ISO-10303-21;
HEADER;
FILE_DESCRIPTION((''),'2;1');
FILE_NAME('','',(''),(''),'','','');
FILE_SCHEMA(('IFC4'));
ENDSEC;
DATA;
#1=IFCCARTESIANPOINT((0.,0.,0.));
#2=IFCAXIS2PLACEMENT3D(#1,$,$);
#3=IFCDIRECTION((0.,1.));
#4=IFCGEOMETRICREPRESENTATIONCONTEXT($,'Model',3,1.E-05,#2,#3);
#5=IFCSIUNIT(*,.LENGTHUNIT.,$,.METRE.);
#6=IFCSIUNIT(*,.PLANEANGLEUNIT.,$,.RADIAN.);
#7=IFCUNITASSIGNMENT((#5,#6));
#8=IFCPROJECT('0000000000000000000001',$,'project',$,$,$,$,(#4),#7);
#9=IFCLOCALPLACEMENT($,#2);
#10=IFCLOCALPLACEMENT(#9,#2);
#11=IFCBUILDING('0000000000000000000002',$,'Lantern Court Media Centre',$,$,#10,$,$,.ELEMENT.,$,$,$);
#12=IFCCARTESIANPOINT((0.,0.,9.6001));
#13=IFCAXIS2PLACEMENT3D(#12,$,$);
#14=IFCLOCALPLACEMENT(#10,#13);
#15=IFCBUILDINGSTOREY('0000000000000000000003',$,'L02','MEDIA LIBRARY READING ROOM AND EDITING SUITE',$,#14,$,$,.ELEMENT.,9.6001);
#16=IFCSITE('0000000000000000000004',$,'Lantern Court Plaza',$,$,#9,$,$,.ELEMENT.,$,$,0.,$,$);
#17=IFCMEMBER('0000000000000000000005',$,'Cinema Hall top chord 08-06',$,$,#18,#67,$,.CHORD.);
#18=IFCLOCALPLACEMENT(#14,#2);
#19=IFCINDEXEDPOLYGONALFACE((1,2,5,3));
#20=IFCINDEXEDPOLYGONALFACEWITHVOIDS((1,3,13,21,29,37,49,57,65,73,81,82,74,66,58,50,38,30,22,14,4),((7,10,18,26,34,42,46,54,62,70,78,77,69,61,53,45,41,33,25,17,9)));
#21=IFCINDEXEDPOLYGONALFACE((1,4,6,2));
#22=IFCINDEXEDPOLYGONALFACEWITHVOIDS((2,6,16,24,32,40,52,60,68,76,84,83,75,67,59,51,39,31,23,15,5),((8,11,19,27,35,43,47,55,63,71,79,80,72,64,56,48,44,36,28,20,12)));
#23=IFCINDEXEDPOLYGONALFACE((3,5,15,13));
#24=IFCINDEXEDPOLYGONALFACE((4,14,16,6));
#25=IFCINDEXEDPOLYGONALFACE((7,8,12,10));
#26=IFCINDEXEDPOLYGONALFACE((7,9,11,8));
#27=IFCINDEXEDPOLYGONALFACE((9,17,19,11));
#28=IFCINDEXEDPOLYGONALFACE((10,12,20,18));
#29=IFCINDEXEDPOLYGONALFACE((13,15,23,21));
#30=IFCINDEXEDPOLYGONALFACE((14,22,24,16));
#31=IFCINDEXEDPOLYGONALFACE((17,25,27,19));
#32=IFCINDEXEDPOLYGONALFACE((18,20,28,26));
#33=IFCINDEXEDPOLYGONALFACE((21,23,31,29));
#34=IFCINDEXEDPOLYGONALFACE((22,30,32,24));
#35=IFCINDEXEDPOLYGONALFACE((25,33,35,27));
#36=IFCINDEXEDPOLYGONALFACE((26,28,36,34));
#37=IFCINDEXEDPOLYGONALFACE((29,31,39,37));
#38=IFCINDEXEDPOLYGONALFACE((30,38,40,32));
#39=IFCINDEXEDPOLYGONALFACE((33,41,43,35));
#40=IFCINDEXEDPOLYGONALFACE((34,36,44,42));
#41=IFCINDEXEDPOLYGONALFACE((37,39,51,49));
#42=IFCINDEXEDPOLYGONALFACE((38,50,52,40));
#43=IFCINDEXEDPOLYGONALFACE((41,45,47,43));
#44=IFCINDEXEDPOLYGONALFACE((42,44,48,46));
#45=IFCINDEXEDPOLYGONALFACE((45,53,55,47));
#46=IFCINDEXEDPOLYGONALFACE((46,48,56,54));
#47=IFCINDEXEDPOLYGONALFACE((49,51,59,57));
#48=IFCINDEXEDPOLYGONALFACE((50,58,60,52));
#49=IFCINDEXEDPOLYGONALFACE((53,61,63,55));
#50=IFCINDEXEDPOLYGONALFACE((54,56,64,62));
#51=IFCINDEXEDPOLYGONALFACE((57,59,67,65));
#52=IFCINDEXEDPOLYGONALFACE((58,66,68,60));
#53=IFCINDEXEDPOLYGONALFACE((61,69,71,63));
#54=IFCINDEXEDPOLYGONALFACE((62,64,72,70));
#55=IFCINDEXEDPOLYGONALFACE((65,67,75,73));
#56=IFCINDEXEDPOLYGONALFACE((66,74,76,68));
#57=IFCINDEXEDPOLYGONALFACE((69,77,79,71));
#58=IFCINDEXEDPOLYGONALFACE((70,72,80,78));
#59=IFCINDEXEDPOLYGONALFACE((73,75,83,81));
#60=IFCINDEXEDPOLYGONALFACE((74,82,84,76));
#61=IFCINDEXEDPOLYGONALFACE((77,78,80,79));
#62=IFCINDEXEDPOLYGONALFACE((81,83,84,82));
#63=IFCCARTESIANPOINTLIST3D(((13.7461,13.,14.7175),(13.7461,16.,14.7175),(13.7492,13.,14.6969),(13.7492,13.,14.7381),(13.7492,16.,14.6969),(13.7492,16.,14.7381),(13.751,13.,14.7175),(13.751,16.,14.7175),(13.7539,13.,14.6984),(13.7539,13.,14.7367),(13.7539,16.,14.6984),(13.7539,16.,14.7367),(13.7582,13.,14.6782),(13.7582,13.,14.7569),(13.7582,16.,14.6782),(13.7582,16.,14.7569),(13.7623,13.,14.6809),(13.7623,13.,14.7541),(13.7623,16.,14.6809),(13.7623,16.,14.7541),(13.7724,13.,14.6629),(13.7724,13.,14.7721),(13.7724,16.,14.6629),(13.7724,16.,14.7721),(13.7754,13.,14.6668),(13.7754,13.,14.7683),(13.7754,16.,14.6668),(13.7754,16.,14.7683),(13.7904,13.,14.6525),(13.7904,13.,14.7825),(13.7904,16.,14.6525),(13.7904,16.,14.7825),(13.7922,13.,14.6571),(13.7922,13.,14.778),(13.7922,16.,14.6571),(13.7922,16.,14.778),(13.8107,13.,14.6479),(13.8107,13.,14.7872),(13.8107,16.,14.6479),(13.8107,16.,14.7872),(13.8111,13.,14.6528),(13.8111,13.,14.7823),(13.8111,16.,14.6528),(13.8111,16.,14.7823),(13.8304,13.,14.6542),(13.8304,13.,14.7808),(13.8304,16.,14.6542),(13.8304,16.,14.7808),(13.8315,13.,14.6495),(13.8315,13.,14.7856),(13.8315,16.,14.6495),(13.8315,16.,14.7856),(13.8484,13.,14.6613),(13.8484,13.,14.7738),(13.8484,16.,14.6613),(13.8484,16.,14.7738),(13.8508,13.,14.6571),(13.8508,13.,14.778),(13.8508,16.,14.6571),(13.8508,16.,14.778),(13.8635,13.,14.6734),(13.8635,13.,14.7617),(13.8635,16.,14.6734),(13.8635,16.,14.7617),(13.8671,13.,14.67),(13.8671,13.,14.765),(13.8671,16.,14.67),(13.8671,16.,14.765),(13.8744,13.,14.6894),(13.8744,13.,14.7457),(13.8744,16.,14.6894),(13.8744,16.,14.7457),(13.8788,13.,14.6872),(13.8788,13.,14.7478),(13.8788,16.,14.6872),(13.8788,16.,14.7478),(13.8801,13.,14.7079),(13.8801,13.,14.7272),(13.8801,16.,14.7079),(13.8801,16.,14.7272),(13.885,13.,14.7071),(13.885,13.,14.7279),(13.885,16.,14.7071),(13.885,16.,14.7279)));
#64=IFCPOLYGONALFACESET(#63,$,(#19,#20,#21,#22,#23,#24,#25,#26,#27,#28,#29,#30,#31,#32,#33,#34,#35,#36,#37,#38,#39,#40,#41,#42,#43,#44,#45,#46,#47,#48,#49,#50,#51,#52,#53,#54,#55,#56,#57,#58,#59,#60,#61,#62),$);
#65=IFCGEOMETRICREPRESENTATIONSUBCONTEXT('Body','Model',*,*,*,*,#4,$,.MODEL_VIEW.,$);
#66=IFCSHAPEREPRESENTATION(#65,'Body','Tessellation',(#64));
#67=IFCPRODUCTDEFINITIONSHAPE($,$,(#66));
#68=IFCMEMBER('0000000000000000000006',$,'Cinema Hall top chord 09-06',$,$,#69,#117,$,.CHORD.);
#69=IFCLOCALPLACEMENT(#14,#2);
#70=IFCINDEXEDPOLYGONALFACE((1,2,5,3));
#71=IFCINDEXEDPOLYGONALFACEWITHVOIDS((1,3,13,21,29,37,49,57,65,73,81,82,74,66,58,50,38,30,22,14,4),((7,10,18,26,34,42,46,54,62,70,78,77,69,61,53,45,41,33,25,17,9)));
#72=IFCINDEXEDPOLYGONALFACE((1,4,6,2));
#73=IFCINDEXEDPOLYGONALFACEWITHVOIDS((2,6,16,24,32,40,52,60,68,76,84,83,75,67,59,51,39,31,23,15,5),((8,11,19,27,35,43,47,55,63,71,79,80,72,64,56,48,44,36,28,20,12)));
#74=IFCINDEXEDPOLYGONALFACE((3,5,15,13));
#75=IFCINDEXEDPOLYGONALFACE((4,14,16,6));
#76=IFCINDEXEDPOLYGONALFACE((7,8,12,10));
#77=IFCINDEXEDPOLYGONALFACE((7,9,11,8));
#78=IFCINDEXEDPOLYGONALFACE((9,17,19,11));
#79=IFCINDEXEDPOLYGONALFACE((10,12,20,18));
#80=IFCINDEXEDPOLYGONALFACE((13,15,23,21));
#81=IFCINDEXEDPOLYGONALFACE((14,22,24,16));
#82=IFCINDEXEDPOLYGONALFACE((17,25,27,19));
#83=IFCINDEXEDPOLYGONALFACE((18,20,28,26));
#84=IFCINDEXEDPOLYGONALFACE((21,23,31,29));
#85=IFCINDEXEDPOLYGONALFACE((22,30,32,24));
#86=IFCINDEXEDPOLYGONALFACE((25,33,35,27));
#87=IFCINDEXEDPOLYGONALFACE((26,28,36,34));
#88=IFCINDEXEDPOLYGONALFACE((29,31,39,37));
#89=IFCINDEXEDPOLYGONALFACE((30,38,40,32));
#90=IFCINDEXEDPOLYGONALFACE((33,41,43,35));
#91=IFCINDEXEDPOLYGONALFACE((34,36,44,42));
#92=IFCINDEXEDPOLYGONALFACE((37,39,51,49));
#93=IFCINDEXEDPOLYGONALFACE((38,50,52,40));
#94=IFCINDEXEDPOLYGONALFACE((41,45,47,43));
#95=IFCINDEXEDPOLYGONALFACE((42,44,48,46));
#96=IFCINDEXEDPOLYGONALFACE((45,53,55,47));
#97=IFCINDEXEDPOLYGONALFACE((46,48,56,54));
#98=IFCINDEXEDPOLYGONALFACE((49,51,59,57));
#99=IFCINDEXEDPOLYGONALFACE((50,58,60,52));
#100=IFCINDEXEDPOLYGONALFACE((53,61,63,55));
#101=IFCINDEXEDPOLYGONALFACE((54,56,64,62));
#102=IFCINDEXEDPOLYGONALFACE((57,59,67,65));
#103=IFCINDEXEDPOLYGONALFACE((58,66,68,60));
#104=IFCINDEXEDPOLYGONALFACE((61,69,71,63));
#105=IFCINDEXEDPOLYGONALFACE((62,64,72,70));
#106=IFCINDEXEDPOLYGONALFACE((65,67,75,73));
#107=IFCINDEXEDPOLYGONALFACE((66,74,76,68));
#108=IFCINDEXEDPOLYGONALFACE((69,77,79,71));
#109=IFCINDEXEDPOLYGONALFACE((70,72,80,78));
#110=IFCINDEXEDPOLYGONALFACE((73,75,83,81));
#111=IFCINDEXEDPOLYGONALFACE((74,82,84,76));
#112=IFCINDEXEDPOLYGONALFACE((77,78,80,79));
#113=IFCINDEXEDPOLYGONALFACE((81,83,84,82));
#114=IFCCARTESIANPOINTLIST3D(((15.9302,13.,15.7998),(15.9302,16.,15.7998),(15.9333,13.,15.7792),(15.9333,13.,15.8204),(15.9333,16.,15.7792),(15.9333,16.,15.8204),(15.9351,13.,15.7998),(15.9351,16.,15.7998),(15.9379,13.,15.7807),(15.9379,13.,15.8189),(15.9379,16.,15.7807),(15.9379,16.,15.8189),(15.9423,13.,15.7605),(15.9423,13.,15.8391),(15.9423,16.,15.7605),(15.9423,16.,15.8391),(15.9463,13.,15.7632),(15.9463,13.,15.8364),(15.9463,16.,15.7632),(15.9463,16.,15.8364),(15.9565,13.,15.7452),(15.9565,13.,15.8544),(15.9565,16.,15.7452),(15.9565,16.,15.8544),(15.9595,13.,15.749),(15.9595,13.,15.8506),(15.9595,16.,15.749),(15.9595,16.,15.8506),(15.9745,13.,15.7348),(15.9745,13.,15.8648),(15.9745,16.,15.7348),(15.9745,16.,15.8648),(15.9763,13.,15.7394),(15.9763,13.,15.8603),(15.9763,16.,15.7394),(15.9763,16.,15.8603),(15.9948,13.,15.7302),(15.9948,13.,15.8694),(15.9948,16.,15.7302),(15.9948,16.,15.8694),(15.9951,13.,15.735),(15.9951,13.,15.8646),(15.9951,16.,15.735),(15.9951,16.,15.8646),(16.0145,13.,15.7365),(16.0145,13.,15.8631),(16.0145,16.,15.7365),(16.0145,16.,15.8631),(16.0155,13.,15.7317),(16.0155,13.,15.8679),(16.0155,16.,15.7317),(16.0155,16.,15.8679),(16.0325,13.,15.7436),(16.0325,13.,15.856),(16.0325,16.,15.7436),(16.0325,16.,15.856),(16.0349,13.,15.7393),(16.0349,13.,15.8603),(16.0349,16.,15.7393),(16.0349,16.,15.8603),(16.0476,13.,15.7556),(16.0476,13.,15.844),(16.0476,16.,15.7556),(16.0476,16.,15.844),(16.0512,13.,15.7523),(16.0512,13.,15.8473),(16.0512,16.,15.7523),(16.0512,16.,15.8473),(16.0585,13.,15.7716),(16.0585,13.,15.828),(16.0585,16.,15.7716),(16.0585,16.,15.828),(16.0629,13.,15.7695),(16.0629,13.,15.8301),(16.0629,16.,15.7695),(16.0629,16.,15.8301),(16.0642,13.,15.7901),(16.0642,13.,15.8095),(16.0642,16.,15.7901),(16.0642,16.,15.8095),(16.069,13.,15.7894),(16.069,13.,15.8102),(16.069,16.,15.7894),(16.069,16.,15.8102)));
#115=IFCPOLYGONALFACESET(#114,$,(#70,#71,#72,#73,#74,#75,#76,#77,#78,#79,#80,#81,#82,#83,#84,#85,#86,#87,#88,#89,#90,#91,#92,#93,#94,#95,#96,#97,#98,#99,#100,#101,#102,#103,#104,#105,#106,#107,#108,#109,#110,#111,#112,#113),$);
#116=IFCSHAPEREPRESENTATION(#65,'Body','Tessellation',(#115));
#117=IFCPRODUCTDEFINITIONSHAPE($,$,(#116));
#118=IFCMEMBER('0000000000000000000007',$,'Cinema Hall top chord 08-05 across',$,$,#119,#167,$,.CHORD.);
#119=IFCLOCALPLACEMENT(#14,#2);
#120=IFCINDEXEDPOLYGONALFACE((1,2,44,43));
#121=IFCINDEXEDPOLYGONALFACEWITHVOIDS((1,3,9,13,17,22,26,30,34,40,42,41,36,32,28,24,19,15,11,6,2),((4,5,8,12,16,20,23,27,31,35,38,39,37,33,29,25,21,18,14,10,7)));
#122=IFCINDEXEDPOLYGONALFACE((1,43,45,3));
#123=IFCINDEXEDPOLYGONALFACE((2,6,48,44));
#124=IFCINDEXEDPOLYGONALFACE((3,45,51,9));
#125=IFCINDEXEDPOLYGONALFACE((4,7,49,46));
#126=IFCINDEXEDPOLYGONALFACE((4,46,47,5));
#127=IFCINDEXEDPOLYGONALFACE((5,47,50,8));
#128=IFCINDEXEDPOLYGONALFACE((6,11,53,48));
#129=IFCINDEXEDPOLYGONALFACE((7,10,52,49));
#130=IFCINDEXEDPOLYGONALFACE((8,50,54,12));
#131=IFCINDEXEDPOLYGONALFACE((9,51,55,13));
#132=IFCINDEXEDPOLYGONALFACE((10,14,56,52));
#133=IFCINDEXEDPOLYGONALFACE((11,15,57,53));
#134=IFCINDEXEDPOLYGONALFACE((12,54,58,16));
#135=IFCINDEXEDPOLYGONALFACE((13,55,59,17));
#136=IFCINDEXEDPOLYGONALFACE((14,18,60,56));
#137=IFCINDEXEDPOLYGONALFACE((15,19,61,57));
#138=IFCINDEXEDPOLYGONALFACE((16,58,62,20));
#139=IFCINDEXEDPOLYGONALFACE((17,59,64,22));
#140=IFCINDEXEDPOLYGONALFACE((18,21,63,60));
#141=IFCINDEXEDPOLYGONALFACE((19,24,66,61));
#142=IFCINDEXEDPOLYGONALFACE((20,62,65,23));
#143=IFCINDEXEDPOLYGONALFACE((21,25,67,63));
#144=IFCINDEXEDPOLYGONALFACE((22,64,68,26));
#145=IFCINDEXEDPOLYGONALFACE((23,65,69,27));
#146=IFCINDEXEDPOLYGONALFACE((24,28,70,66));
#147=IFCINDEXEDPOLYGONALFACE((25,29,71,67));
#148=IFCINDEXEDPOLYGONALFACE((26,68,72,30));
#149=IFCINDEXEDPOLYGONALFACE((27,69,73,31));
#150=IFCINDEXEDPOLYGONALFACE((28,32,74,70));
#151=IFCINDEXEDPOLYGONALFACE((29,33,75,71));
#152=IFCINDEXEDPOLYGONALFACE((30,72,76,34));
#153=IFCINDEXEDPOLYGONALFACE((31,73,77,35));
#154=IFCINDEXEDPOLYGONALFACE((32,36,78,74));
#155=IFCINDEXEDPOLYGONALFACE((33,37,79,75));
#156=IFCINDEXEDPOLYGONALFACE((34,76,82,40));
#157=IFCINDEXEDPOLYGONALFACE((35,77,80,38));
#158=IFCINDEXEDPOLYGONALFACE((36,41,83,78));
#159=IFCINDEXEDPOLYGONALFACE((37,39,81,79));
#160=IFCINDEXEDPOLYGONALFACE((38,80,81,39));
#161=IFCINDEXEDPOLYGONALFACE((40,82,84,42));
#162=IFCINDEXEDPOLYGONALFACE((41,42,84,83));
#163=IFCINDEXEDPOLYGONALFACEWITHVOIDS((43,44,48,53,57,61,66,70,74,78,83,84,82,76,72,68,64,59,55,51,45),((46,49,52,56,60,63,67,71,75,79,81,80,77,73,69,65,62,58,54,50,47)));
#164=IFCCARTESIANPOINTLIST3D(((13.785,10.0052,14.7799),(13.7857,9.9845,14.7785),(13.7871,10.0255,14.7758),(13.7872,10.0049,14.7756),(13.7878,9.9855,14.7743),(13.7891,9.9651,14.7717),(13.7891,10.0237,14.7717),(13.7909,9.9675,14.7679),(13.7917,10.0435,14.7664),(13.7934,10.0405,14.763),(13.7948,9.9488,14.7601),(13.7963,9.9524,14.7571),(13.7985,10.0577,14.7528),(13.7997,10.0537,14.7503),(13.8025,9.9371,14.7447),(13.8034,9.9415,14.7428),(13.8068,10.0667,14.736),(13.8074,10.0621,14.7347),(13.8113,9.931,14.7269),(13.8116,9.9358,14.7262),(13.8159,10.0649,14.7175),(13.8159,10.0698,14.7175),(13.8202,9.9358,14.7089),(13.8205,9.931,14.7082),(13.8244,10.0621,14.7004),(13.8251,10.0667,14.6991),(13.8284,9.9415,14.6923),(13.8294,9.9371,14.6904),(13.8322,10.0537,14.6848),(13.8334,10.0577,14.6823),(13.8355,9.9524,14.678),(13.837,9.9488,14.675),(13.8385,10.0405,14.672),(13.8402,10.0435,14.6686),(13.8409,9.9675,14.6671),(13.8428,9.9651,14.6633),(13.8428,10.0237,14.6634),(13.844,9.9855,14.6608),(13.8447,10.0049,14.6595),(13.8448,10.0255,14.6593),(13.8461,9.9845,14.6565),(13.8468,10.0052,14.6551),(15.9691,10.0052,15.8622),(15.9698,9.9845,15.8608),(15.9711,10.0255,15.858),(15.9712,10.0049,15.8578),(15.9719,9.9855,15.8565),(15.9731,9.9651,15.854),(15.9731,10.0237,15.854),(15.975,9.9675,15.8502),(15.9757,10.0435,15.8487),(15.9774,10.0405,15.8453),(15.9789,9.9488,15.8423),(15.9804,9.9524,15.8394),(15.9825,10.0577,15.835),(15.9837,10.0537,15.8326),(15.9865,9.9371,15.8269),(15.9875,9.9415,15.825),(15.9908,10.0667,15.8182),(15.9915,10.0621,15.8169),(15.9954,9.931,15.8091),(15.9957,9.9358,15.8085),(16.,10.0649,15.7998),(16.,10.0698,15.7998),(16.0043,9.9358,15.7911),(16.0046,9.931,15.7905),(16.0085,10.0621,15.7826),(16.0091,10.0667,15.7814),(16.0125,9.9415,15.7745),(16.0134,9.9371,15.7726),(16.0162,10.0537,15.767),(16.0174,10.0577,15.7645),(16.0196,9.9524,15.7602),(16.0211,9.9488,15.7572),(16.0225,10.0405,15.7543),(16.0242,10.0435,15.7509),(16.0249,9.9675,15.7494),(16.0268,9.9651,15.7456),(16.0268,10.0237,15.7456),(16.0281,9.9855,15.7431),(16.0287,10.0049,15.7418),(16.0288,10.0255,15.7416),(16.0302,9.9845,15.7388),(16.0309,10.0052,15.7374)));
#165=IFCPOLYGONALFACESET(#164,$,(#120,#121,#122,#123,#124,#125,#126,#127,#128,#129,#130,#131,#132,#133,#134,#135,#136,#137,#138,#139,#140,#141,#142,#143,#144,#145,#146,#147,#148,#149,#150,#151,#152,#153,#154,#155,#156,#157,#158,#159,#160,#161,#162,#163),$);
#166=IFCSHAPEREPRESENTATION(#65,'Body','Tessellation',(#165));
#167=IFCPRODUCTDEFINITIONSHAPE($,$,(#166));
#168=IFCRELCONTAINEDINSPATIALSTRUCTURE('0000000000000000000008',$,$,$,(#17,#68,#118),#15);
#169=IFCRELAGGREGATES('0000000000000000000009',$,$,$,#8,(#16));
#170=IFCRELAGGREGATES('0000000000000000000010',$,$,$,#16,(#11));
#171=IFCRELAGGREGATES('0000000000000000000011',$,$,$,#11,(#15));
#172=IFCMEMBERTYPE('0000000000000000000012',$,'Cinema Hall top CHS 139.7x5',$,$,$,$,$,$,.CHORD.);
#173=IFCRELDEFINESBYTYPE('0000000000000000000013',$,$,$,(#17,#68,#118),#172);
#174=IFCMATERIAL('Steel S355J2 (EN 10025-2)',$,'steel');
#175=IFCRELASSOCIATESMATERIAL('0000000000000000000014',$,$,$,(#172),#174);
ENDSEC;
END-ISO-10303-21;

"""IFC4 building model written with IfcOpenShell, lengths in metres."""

from ifc_helpers import new_model, si_unit, direction, frame, origin, origin_2d, place, context, subcontext, project, spatial, hollow_circle, extrude, material, material_profile, profile_set, type_object, element, save


model = new_model("IFC4")

# Units and contexts
model_context = context("Model", 3, precision=1e-05, world=origin(), true_north=direction((0.0, 1.0)))
body_context = subcontext(model_context, "Body", "Model", "MODEL_VIEW")
ifc_project = project(units=[si_unit("LENGTHUNIT", "METRE"), si_unit("PLANEANGLEUNIT", "RADIAN")], contexts=[model_context])

# Site, building, storey
site_placement = place(None, origin())
site = spatial("IfcSite", under=ifc_project, at=site_placement, Name="Lantern Court Plaza", CompositionType="ELEMENT", RefElevation=0.0)
building_placement = place(site_placement, origin())
building = spatial("IfcBuilding", under=site, at=building_placement, Name="Lantern Court Media Centre", CompositionType="ELEMENT")
storey_placement = place(building_placement, frame((0.0, 0.0, 9.6001)))
storey = spatial("IfcBuildingStorey", under=building, at=storey_placement, Name="L02", Description="MEDIA LIBRARY READING ROOM AND EDITING SUITE", CompositionType="ELEMENT", Elevation=9.6001)

# Members
ifc_material = material(Name="Steel S355J2 (EN 10025-2)", Category="steel")
ifc_material_profile_1 = material_profile(ifc_material, hollow_circle(Radius=0.0698, WallThickness=0.0049, at=origin_2d()), Name="Cinema Hall top CHS 139.7x5")
ifc_profile_set_1 = profile_set([ifc_material_profile_1], Name="Steel S355J2 (EN 10025-2)")
member_type_1 = type_object("IfcMemberType", Name="Cinema Hall top CHS 139.7x5", PredefinedType="CHORD", material=ifc_profile_set_1)
for number, where, z_axis, x_axis, name in (
    (1, (13.8159, 13.0, 14.7175), (0.0, 1.0, 0.0), (-1.0, 0.0, 0.0), "Cinema Hall top chord 08-06"),
    (2, (16.0, 13.0, 15.7998), (0.0, 1.0, 0.0), (-1.0, 0.0, 0.0), "Cinema Hall top chord 09-06"),
):
    element("IfcMember", number, at=place(storey_placement, frame(where, z_axis=z_axis, x_axis=x_axis)), inside=storey, type_object=member_type_1, Name=name, PredefinedType="CHORD", context=body_context, shape_type="SweptSolid", body=[
        extrude(hollow_circle(Radius=0.0698, WallThickness=0.0049, at=origin_2d()), origin(), (0.0, 0.0, 1.0), 3.0),
    ])
for number, where, z_axis, x_axis, name in (
    (3, (13.8159, 10.0, 14.7175), (0.896024, 0.0, 0.444006), (0.0, 1.0, 0.0), "Cinema Hall top chord 08-05 across"),
):
    element("IfcMember", number, at=place(storey_placement, frame(where, z_axis=z_axis, x_axis=x_axis)), inside=storey, type_object=member_type_1, Name=name, PredefinedType="CHORD", context=body_context, shape_type="SweptSolid", body=[
        extrude(hollow_circle(Radius=0.0698, WallThickness=0.0049, at=origin_2d()), origin(), (0.0, 0.0, 1.0), 2.4375),
    ])

save(model, "model.ifc")
